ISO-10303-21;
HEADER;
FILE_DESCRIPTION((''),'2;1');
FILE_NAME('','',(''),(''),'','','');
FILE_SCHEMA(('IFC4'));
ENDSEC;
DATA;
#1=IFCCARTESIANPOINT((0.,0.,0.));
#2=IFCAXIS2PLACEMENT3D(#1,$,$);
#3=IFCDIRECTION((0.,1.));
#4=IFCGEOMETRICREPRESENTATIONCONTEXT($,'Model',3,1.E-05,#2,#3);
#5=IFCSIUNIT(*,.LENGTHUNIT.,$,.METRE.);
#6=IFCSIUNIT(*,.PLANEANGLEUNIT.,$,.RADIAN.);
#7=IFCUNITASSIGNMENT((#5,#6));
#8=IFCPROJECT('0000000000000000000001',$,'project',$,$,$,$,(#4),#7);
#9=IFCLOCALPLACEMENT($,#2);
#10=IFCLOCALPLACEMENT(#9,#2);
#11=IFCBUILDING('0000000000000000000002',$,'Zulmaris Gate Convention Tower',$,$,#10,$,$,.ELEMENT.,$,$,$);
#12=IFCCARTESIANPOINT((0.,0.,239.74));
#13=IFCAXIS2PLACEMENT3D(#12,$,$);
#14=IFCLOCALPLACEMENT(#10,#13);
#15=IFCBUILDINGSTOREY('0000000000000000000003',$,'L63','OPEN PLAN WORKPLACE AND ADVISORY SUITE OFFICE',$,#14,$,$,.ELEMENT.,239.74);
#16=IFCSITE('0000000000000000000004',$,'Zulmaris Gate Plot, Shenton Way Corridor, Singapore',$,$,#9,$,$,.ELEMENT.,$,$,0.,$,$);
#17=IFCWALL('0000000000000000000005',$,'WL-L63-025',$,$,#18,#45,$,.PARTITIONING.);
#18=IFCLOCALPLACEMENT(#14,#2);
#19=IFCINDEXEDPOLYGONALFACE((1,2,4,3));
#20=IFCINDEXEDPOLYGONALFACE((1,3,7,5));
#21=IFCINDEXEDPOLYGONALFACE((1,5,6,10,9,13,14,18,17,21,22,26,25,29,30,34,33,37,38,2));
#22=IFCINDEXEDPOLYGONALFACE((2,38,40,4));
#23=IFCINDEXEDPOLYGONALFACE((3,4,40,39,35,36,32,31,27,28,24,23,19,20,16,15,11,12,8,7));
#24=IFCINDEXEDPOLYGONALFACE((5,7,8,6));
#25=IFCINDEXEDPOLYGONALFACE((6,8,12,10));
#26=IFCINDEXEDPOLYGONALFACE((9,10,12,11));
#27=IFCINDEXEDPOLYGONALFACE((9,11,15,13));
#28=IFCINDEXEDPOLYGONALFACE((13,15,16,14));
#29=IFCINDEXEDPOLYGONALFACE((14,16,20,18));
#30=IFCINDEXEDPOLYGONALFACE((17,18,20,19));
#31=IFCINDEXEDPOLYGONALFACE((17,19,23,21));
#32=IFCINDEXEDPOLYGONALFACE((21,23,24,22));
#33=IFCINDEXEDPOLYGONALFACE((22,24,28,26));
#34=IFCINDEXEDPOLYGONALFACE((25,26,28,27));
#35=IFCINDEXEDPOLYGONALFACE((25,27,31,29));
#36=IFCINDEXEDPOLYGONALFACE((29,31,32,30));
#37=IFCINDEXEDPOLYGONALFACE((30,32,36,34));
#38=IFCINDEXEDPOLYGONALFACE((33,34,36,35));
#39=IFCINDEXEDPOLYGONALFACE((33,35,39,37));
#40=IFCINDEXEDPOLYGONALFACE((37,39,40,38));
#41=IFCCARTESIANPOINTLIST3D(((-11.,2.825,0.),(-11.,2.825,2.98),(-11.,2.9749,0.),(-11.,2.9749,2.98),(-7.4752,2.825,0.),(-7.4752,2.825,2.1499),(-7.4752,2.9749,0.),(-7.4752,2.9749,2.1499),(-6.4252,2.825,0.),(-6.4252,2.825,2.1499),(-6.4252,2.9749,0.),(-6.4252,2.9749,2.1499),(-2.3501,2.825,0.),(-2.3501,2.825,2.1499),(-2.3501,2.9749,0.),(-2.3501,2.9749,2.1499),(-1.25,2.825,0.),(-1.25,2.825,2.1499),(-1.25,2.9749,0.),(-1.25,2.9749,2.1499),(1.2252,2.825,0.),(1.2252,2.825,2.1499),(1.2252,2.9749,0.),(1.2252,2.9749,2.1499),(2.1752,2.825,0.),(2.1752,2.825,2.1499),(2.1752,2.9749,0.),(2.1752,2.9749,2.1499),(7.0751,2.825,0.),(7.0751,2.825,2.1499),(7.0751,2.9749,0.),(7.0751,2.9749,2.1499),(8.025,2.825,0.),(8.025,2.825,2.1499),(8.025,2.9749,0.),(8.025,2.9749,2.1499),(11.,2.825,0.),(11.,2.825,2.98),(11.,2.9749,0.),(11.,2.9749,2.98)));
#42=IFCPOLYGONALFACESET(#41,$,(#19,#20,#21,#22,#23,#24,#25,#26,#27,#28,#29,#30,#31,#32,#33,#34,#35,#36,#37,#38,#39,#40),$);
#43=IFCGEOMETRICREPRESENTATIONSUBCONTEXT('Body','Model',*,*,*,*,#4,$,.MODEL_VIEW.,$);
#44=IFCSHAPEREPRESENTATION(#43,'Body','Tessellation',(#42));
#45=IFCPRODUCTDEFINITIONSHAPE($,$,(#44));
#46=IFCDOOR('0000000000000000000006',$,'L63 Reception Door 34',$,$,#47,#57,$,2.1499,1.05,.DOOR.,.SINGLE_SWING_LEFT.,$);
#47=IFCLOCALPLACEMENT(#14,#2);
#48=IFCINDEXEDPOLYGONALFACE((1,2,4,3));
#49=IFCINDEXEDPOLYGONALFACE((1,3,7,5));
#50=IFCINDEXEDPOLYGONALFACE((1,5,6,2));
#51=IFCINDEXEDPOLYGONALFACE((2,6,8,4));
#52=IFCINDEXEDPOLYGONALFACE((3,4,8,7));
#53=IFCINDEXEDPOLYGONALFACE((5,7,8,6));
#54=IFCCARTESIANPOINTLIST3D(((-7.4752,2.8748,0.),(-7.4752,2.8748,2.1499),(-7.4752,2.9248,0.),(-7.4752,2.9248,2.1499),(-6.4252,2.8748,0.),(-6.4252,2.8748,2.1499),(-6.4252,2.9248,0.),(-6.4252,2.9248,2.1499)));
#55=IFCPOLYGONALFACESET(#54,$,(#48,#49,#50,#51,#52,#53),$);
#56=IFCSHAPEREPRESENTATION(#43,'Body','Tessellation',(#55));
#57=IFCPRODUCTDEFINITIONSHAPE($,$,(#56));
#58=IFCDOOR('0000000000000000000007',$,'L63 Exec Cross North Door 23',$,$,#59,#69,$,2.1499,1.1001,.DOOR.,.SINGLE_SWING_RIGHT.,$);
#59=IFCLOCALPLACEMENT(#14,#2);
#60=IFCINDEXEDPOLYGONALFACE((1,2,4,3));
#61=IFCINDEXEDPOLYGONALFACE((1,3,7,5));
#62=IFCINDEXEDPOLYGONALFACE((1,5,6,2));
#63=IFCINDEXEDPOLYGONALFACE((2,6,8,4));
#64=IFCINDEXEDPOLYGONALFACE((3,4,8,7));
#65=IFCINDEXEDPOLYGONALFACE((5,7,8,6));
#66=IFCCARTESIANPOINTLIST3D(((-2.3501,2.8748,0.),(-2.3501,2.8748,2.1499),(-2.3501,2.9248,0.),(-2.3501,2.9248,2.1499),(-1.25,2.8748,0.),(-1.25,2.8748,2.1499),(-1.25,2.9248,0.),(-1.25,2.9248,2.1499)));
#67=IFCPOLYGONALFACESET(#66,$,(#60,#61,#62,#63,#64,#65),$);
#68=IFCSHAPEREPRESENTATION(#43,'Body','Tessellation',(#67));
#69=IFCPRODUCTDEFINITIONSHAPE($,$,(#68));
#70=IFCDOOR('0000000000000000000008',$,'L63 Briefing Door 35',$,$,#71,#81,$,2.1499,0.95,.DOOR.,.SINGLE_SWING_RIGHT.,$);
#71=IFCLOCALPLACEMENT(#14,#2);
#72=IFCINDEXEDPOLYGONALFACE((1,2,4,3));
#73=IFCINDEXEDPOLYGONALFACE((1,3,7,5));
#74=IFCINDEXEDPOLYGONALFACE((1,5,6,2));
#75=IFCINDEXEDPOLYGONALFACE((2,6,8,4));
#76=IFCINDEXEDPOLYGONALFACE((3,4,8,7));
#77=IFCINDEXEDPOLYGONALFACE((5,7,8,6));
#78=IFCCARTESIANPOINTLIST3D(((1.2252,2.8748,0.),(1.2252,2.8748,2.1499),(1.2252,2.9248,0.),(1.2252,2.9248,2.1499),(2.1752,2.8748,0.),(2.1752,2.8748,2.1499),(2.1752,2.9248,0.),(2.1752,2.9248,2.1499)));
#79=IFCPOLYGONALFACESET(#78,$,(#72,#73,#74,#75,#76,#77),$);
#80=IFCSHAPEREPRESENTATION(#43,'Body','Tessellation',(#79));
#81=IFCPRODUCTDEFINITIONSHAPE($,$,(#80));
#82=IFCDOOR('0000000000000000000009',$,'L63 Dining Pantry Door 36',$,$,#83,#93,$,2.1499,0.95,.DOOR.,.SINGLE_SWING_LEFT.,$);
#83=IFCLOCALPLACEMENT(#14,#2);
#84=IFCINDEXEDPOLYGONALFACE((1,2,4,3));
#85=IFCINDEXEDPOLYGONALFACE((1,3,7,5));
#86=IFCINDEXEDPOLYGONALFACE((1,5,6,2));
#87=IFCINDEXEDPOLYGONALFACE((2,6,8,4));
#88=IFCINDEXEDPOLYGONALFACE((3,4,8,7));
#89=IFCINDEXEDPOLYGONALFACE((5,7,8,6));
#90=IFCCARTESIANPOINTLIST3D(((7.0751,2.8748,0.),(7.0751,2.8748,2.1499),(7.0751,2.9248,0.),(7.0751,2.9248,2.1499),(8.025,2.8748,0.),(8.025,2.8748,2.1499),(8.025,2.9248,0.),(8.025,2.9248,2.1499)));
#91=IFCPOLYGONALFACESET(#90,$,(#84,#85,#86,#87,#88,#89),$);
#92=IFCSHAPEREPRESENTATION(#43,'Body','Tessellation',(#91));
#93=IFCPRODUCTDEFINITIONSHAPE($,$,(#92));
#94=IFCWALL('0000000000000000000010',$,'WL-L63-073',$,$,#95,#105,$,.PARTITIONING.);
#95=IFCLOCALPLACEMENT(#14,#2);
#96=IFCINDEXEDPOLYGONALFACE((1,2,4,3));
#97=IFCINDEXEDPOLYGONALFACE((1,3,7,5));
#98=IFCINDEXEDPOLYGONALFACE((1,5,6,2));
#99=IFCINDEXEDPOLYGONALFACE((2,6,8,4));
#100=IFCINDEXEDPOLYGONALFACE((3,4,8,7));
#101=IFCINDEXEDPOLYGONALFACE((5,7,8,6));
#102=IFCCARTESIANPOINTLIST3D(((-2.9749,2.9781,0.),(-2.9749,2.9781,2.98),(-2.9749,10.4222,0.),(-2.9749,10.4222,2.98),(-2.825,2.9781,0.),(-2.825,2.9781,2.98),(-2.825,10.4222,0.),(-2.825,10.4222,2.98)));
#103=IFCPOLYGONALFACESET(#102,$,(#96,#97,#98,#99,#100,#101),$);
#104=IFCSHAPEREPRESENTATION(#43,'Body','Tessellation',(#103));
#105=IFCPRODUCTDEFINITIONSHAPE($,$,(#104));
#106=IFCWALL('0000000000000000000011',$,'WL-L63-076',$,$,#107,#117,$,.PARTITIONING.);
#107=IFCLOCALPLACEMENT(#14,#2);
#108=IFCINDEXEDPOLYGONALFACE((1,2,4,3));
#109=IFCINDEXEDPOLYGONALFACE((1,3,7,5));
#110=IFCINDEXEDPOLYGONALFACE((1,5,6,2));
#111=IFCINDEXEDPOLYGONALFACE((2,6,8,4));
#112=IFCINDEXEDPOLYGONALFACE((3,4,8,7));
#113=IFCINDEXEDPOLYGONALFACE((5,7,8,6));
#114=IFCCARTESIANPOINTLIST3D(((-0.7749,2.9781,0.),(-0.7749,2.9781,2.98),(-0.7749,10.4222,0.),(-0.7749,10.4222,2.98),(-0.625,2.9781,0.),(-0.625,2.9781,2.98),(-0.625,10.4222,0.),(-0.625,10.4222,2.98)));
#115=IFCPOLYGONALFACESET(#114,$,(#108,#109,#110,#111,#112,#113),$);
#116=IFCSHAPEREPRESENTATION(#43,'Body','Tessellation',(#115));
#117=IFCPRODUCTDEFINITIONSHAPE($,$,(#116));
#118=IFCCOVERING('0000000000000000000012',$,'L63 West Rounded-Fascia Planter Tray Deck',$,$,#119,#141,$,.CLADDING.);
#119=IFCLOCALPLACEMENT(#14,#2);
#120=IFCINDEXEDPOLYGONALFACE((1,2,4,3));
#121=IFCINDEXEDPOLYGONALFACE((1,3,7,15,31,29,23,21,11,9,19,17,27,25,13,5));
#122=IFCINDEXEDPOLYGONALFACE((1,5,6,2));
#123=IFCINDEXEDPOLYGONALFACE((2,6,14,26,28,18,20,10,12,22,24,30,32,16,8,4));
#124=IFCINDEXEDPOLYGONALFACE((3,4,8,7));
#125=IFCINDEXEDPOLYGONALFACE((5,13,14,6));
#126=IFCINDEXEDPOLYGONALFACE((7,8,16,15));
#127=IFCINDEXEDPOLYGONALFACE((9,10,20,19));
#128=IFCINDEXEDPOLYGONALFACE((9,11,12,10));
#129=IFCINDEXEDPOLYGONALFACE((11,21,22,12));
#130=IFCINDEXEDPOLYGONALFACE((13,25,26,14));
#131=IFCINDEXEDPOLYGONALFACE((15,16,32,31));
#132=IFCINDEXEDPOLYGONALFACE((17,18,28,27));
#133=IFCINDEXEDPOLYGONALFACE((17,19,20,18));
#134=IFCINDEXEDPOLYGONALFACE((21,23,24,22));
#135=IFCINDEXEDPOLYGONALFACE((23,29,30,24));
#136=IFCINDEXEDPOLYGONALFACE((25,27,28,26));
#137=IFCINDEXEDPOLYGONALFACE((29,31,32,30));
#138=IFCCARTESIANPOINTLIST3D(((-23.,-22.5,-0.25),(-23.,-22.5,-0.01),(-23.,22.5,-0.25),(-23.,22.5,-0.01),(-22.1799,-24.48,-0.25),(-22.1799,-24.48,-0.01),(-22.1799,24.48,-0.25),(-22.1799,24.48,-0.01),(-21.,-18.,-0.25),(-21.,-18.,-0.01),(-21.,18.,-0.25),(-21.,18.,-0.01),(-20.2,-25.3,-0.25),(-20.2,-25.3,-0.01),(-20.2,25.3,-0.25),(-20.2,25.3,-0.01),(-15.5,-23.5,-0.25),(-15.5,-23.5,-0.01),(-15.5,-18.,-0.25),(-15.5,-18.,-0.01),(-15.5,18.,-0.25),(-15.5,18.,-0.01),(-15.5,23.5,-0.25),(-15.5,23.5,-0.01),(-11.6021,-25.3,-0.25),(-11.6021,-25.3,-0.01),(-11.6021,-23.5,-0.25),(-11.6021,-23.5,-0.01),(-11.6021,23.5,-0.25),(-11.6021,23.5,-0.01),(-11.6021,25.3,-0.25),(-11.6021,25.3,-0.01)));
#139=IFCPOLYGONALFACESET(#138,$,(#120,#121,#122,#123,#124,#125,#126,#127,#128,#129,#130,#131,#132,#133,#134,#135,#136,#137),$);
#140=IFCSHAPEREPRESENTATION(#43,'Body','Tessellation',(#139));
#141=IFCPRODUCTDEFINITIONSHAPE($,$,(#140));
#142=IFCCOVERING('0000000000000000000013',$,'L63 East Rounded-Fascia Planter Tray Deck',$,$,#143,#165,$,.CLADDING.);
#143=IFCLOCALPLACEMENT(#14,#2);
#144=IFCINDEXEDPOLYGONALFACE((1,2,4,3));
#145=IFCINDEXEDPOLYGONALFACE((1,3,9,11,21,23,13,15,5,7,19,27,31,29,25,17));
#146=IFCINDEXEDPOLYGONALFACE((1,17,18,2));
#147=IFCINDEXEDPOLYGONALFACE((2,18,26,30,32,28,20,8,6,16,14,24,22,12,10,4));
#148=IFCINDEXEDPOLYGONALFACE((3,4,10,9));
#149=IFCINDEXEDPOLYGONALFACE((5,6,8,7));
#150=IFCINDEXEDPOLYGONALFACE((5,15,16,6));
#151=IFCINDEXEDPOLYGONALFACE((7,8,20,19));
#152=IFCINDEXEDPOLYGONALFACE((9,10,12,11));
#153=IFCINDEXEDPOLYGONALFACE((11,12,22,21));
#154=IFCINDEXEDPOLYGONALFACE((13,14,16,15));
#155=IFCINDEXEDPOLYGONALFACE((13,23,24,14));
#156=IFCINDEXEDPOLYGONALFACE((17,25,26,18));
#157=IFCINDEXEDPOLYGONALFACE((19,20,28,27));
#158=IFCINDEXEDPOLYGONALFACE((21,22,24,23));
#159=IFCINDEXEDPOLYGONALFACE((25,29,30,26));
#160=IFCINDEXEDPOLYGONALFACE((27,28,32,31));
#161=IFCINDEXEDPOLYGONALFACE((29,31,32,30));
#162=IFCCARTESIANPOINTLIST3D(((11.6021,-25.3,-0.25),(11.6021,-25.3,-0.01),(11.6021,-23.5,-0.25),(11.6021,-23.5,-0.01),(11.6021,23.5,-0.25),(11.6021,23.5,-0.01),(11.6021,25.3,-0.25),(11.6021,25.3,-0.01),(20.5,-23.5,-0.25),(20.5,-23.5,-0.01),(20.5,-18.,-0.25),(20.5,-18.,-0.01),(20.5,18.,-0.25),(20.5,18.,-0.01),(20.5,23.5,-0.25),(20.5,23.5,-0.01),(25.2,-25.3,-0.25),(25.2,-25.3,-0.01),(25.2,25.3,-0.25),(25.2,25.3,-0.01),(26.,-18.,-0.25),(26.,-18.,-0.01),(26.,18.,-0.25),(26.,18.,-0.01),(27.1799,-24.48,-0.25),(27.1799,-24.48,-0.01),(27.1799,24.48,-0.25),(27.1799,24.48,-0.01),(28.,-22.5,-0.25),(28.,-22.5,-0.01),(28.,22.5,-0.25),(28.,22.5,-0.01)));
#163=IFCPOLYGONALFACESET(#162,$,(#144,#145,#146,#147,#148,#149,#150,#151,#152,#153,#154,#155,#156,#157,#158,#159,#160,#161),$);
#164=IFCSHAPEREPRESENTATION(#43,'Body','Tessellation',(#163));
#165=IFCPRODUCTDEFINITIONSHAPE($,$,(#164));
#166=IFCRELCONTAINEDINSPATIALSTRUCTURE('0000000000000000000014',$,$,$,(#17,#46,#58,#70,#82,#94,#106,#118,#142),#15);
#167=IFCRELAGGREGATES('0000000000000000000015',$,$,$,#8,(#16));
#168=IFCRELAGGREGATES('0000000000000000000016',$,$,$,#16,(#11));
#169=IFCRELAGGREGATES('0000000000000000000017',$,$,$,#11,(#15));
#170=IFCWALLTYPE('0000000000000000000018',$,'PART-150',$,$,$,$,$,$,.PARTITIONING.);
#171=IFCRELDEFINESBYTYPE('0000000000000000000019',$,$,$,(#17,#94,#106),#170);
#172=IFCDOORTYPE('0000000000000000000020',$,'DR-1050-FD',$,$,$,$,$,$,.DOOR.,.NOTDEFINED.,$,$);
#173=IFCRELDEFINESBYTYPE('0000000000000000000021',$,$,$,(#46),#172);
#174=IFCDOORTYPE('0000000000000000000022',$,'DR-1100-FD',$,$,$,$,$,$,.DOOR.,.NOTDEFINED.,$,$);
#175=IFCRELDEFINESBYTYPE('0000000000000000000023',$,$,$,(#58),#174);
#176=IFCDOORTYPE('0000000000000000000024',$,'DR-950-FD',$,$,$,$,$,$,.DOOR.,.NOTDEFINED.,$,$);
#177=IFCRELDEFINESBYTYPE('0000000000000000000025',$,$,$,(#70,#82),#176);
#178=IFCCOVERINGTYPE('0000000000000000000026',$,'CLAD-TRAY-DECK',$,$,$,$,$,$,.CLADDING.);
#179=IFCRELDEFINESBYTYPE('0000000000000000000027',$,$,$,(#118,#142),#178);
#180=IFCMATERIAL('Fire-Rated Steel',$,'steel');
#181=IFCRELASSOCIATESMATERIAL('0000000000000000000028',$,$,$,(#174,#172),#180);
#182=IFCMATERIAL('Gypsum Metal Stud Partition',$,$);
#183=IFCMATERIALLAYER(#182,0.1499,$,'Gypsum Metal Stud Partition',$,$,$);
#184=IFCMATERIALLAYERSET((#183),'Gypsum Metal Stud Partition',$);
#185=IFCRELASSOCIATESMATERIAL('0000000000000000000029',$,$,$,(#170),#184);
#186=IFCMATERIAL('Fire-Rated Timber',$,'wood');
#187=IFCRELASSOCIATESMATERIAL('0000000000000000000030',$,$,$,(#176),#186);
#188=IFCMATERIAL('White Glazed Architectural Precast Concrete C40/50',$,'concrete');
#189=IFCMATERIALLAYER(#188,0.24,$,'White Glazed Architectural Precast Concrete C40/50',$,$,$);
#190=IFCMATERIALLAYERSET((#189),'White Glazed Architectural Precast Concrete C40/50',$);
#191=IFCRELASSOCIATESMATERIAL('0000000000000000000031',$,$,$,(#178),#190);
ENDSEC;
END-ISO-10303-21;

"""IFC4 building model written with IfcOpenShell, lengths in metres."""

from ifc_helpers import new_model, si_unit, direction, frame, frame_2d, origin, place, context, subcontext, project, spatial, polyline, rectangle, outline, extrude, material, layer, layer_set, type_object, element, fill, save


model = new_model("IFC4")

# Units and contexts
model_context = context("Model", 3, precision=1e-05, world=origin(), true_north=direction((0.0, 1.0)))
body_context = subcontext(model_context, "Body", "Model", "MODEL_VIEW")
ifc_project = project(units=[si_unit("LENGTHUNIT", "METRE"), si_unit("PLANEANGLEUNIT", "RADIAN")], contexts=[model_context])

# Site, building, storey
site_placement = place(None, origin())
site = spatial("IfcSite", under=ifc_project, at=site_placement, Name="Zulmaris Gate Plot, Shenton Way Corridor, Singapore", CompositionType="ELEMENT", RefElevation=0.0)
building_placement = place(site_placement, origin())
building = spatial("IfcBuilding", under=site, at=building_placement, Name="Zulmaris Gate Convention Tower", CompositionType="ELEMENT")
storey_placement = place(building_placement, frame((0.0, 0.0, 239.74)))
storey = spatial("IfcBuildingStorey", under=building, at=storey_placement, Name="L63", Description="OPEN PLAN WORKPLACE AND ADVISORY SUITE OFFICE", CompositionType="ELEMENT", Elevation=239.74)

# Shared definitions
ifc_material_1 = material(Name="Fire-Rated Steel", Category="steel")
door_type_1 = type_object("IfcDoorType", Name="DR-1100-FD", OperationType="NOTDEFINED", PredefinedType="DOOR", material=ifc_material_1)

# Wall, openings, doors
ifc_material_2 = material(Name="Gypsum Metal Stud Partition")
ifc_layer_1 = layer(ifc_material_2, 0.1499, Name="Gypsum Metal Stud Partition")
ifc_layer_set_1 = layer_set([ifc_layer_1], Name="Gypsum Metal Stud Partition")
wall_type_1 = type_object("IfcWallType", Name="PART-150", PredefinedType="PARTITIONING", material=ifc_layer_set_1)
wall_1_placement = place(storey_placement, frame((-11.0, 2.8999, 0.0), z_axis=(0.0, 0.0, 1.0), x_axis=(1.0, 0.0, 0.0)))
wall_1 = element("IfcWall", 1, at=wall_1_placement, inside=storey, type_object=wall_type_1, Name="WL-L63-025", PredefinedType="PARTITIONING", context=body_context, shape_type="SweptSolid", body=[
    extrude(rectangle(XDim=22.0, YDim=0.1499, at=frame_2d((11.0, 0.0))), origin(), (0.0, 0.0, 1.0), 2.98),
])
opening_1_placement = place(wall_1_placement, frame((8.6499, 0.0, 0.0)))
opening_1 = element("IfcOpeningElement", 2, at=opening_1_placement, cuts=wall_1, PredefinedType="OPENING", context=body_context, shape_type="SweptSolid", body=[
    extrude(rectangle(XDim=1.1001, YDim=2.1499, at=frame_2d((0.55, 1.075))), frame((0.0, 0.085, 0.0), z_axis=(0.0, -1.0, 0.0), x_axis=(1.0, 0.0, 0.0)), (0.0, 0.0, 1.0), 0.1699),
])
opening_2_placement = place(wall_1_placement, frame((3.5249, 0.0, 0.0)))
opening_2 = element("IfcOpeningElement", 3, at=opening_2_placement, cuts=wall_1, PredefinedType="OPENING", context=body_context, shape_type="SweptSolid", body=[
    extrude(rectangle(XDim=1.05, YDim=2.1499, at=frame_2d((0.5249, 1.075))), frame((0.0, 0.085, 0.0), z_axis=(0.0, -1.0, 0.0), x_axis=(1.0, 0.0, 0.0)), (0.0, 0.0, 1.0), 0.1699),
])
opening_3_placement = place(wall_1_placement, frame((12.2251, 0.0, 0.0)))
opening_3 = element("IfcOpeningElement", 4, at=opening_3_placement, cuts=wall_1, PredefinedType="OPENING", context=body_context, shape_type="SweptSolid", body=[
    extrude(rectangle(XDim=0.95, YDim=2.1499, at=frame_2d((0.4751, 1.075))), frame((0.0, 0.085, 0.0), z_axis=(0.0, -1.0, 0.0), x_axis=(1.0, 0.0, 0.0)), (0.0, 0.0, 1.0), 0.1699),
])
opening_4_placement = place(wall_1_placement, frame((18.075, 0.0, 0.0)))
opening_4 = element("IfcOpeningElement", 5, at=opening_4_placement, cuts=wall_1, PredefinedType="OPENING", context=body_context, shape_type="SweptSolid", body=[
    extrude(rectangle(XDim=0.95, YDim=2.1499, at=frame_2d((0.4751, 1.075))), frame((0.0, 0.085, 0.0), z_axis=(0.0, -1.0, 0.0), x_axis=(1.0, 0.0, 0.0)), (0.0, 0.0, 1.0), 0.1699),
])
door_type_2 = type_object("IfcDoorType", Name="DR-1050-FD", OperationType="NOTDEFINED", PredefinedType="DOOR", material=ifc_material_1)
door_1_placement = place(opening_2_placement, origin())
door_1 = element("IfcDoor", 6, at=door_1_placement, inside=storey, type_object=door_type_2, Name="L63 Reception Door 34", OperationType="SINGLE_SWING_LEFT", OverallHeight=2.1499, OverallWidth=1.05, PredefinedType="DOOR", context=body_context, shape_type="SweptSolid", body=[
    extrude(rectangle(XDim=1.05, YDim=2.1499, at=frame_2d((0.5249, 1.075))), frame((0.0, 0.0249, 0.0), z_axis=(0.0, -1.0, 0.0), x_axis=(1.0, 0.0, 0.0)), (0.0, 0.0, 1.0), 0.05),
])
fill(opening_2, door_1)
door_2_placement = place(opening_1_placement, origin())
door_2 = element("IfcDoor", 7, at=door_2_placement, inside=storey, type_object=door_type_1, Name="L63 Exec Cross North Door 23", OperationType="SINGLE_SWING_RIGHT", OverallHeight=2.1499, OverallWidth=1.1001, PredefinedType="DOOR", context=body_context, shape_type="SweptSolid", body=[
    extrude(rectangle(XDim=1.1001, YDim=2.1499, at=frame_2d((0.55, 1.075))), frame((0.0, 0.0249, 0.0), z_axis=(0.0, -1.0, 0.0), x_axis=(1.0, 0.0, 0.0)), (0.0, 0.0, 1.0), 0.05),
])
fill(opening_1, door_2)
ifc_material_3 = material(Name="Fire-Rated Timber", Category="wood")
door_type_3 = type_object("IfcDoorType", Name="DR-950-FD", OperationType="NOTDEFINED", PredefinedType="DOOR", material=ifc_material_3)
door_3_placement = place(opening_3_placement, origin())
door_3 = element("IfcDoor", 8, at=door_3_placement, inside=storey, type_object=door_type_3, Name="L63 Briefing Door 35", OperationType="SINGLE_SWING_RIGHT", OverallHeight=2.1499, OverallWidth=0.95, PredefinedType="DOOR", context=body_context, shape_type="SweptSolid", body=[
    extrude(rectangle(XDim=0.95, YDim=2.1499, at=frame_2d((0.4751, 1.075))), frame((0.0, 0.0249, 0.0), z_axis=(0.0, -1.0, 0.0), x_axis=(1.0, 0.0, 0.0)), (0.0, 0.0, 1.0), 0.05),
])
fill(opening_3, door_3)
door_4_placement = place(opening_4_placement, origin())
door_4 = element("IfcDoor", 9, at=door_4_placement, inside=storey, type_object=door_type_3, Name="L63 Dining Pantry Door 36", OperationType="SINGLE_SWING_LEFT", OverallHeight=2.1499, OverallWidth=0.95, PredefinedType="DOOR", context=body_context, shape_type="SweptSolid", body=[
    extrude(rectangle(XDim=0.95, YDim=2.1499, at=frame_2d((0.4751, 1.075))), frame((0.0, 0.0249, 0.0), z_axis=(0.0, -1.0, 0.0), x_axis=(1.0, 0.0, 0.0)), (0.0, 0.0, 1.0), 0.05),
])
fill(opening_4, door_4)

# Walls
for number, where, z_axis, x_axis, name in (
    (10, (-2.8999, 2.978, 0.0), (0.0, 0.0, 1.0), (0.0, 1.0, 0.0), "WL-L63-073"),
    (11, (-0.7, 2.978, 0.0), (0.0, 0.0, 1.0), (0.0, 1.0, 0.0), "WL-L63-076"),
):
    element("IfcWall", number, at=place(storey_placement, frame(where, z_axis=z_axis, x_axis=x_axis)), inside=storey, type_object=wall_type_1, Name=name, PredefinedType="PARTITIONING", context=body_context, shape_type="SweptSolid", body=[
        extrude(rectangle(XDim=7.4441, YDim=0.1499, at=frame_2d((3.7222, 0.0))), origin(), (0.0, 0.0, 1.0), 2.98),
    ])

# Coverings
ifc_material_4 = material(Name="White Glazed Architectural Precast Concrete C40/50", Category="concrete")
ifc_layer_2 = layer(ifc_material_4, 0.24, Name="White Glazed Architectural Precast Concrete C40/50")
ifc_layer_set_2 = layer_set([ifc_layer_2], Name="White Glazed Architectural Precast Concrete C40/50")
covering_type_1 = type_object("IfcCoveringType", Name="CLAD-TRAY-DECK", PredefinedType="CLADDING", material=ifc_layer_set_2)
covering_1_placement = place(storey_placement, frame((0.0, 0.0, -0.25)))
element("IfcCovering", 12, at=covering_1_placement, inside=storey, type_object=covering_type_1, Name="L63 West Rounded-Fascia Planter Tray Deck", PredefinedType="CLADDING", context=body_context, shape_type="SweptSolid", body=[
    extrude(outline(polyline([(-23.0, 22.5), (-22.1799, 24.48), (-20.2, 25.3), (-11.6021, 25.3), (-11.6021, 23.5), (-15.5, 23.5), (-15.5, 18.0), (-21.0, 18.0), (-21.0, -18.0), (-15.5, -18.0), (-15.5, -23.5), (-11.6021, -23.5), (-11.6021, -25.3), (-20.2, -25.3), (-22.1799, -24.48), (-23.0, -22.5), (-23.0, 22.5)])), origin(), (0.0, 0.0, 1.0), 0.24),
])
covering_2_placement = place(storey_placement, frame((0.0, 0.0, -0.25)))
element("IfcCovering", 13, at=covering_2_placement, inside=storey, type_object=covering_type_1, Name="L63 East Rounded-Fascia Planter Tray Deck", PredefinedType="CLADDING", context=body_context, shape_type="SweptSolid", body=[
    extrude(outline(polyline([(25.2, 25.3), (27.1799, 24.48), (28.0, 22.5), (28.0, -22.5), (27.1799, -24.48), (25.2, -25.3), (11.6021, -25.3), (11.6021, -23.5), (20.5, -23.5), (20.5, -18.0), (26.0, -18.0), (26.0, 18.0), (20.5, 18.0), (20.5, 23.5), (11.6021, 23.5), (11.6021, 25.3), (25.2, 25.3)])), origin(), (0.0, 0.0, 1.0), 0.24),
])

save(model, "model.ifc")
